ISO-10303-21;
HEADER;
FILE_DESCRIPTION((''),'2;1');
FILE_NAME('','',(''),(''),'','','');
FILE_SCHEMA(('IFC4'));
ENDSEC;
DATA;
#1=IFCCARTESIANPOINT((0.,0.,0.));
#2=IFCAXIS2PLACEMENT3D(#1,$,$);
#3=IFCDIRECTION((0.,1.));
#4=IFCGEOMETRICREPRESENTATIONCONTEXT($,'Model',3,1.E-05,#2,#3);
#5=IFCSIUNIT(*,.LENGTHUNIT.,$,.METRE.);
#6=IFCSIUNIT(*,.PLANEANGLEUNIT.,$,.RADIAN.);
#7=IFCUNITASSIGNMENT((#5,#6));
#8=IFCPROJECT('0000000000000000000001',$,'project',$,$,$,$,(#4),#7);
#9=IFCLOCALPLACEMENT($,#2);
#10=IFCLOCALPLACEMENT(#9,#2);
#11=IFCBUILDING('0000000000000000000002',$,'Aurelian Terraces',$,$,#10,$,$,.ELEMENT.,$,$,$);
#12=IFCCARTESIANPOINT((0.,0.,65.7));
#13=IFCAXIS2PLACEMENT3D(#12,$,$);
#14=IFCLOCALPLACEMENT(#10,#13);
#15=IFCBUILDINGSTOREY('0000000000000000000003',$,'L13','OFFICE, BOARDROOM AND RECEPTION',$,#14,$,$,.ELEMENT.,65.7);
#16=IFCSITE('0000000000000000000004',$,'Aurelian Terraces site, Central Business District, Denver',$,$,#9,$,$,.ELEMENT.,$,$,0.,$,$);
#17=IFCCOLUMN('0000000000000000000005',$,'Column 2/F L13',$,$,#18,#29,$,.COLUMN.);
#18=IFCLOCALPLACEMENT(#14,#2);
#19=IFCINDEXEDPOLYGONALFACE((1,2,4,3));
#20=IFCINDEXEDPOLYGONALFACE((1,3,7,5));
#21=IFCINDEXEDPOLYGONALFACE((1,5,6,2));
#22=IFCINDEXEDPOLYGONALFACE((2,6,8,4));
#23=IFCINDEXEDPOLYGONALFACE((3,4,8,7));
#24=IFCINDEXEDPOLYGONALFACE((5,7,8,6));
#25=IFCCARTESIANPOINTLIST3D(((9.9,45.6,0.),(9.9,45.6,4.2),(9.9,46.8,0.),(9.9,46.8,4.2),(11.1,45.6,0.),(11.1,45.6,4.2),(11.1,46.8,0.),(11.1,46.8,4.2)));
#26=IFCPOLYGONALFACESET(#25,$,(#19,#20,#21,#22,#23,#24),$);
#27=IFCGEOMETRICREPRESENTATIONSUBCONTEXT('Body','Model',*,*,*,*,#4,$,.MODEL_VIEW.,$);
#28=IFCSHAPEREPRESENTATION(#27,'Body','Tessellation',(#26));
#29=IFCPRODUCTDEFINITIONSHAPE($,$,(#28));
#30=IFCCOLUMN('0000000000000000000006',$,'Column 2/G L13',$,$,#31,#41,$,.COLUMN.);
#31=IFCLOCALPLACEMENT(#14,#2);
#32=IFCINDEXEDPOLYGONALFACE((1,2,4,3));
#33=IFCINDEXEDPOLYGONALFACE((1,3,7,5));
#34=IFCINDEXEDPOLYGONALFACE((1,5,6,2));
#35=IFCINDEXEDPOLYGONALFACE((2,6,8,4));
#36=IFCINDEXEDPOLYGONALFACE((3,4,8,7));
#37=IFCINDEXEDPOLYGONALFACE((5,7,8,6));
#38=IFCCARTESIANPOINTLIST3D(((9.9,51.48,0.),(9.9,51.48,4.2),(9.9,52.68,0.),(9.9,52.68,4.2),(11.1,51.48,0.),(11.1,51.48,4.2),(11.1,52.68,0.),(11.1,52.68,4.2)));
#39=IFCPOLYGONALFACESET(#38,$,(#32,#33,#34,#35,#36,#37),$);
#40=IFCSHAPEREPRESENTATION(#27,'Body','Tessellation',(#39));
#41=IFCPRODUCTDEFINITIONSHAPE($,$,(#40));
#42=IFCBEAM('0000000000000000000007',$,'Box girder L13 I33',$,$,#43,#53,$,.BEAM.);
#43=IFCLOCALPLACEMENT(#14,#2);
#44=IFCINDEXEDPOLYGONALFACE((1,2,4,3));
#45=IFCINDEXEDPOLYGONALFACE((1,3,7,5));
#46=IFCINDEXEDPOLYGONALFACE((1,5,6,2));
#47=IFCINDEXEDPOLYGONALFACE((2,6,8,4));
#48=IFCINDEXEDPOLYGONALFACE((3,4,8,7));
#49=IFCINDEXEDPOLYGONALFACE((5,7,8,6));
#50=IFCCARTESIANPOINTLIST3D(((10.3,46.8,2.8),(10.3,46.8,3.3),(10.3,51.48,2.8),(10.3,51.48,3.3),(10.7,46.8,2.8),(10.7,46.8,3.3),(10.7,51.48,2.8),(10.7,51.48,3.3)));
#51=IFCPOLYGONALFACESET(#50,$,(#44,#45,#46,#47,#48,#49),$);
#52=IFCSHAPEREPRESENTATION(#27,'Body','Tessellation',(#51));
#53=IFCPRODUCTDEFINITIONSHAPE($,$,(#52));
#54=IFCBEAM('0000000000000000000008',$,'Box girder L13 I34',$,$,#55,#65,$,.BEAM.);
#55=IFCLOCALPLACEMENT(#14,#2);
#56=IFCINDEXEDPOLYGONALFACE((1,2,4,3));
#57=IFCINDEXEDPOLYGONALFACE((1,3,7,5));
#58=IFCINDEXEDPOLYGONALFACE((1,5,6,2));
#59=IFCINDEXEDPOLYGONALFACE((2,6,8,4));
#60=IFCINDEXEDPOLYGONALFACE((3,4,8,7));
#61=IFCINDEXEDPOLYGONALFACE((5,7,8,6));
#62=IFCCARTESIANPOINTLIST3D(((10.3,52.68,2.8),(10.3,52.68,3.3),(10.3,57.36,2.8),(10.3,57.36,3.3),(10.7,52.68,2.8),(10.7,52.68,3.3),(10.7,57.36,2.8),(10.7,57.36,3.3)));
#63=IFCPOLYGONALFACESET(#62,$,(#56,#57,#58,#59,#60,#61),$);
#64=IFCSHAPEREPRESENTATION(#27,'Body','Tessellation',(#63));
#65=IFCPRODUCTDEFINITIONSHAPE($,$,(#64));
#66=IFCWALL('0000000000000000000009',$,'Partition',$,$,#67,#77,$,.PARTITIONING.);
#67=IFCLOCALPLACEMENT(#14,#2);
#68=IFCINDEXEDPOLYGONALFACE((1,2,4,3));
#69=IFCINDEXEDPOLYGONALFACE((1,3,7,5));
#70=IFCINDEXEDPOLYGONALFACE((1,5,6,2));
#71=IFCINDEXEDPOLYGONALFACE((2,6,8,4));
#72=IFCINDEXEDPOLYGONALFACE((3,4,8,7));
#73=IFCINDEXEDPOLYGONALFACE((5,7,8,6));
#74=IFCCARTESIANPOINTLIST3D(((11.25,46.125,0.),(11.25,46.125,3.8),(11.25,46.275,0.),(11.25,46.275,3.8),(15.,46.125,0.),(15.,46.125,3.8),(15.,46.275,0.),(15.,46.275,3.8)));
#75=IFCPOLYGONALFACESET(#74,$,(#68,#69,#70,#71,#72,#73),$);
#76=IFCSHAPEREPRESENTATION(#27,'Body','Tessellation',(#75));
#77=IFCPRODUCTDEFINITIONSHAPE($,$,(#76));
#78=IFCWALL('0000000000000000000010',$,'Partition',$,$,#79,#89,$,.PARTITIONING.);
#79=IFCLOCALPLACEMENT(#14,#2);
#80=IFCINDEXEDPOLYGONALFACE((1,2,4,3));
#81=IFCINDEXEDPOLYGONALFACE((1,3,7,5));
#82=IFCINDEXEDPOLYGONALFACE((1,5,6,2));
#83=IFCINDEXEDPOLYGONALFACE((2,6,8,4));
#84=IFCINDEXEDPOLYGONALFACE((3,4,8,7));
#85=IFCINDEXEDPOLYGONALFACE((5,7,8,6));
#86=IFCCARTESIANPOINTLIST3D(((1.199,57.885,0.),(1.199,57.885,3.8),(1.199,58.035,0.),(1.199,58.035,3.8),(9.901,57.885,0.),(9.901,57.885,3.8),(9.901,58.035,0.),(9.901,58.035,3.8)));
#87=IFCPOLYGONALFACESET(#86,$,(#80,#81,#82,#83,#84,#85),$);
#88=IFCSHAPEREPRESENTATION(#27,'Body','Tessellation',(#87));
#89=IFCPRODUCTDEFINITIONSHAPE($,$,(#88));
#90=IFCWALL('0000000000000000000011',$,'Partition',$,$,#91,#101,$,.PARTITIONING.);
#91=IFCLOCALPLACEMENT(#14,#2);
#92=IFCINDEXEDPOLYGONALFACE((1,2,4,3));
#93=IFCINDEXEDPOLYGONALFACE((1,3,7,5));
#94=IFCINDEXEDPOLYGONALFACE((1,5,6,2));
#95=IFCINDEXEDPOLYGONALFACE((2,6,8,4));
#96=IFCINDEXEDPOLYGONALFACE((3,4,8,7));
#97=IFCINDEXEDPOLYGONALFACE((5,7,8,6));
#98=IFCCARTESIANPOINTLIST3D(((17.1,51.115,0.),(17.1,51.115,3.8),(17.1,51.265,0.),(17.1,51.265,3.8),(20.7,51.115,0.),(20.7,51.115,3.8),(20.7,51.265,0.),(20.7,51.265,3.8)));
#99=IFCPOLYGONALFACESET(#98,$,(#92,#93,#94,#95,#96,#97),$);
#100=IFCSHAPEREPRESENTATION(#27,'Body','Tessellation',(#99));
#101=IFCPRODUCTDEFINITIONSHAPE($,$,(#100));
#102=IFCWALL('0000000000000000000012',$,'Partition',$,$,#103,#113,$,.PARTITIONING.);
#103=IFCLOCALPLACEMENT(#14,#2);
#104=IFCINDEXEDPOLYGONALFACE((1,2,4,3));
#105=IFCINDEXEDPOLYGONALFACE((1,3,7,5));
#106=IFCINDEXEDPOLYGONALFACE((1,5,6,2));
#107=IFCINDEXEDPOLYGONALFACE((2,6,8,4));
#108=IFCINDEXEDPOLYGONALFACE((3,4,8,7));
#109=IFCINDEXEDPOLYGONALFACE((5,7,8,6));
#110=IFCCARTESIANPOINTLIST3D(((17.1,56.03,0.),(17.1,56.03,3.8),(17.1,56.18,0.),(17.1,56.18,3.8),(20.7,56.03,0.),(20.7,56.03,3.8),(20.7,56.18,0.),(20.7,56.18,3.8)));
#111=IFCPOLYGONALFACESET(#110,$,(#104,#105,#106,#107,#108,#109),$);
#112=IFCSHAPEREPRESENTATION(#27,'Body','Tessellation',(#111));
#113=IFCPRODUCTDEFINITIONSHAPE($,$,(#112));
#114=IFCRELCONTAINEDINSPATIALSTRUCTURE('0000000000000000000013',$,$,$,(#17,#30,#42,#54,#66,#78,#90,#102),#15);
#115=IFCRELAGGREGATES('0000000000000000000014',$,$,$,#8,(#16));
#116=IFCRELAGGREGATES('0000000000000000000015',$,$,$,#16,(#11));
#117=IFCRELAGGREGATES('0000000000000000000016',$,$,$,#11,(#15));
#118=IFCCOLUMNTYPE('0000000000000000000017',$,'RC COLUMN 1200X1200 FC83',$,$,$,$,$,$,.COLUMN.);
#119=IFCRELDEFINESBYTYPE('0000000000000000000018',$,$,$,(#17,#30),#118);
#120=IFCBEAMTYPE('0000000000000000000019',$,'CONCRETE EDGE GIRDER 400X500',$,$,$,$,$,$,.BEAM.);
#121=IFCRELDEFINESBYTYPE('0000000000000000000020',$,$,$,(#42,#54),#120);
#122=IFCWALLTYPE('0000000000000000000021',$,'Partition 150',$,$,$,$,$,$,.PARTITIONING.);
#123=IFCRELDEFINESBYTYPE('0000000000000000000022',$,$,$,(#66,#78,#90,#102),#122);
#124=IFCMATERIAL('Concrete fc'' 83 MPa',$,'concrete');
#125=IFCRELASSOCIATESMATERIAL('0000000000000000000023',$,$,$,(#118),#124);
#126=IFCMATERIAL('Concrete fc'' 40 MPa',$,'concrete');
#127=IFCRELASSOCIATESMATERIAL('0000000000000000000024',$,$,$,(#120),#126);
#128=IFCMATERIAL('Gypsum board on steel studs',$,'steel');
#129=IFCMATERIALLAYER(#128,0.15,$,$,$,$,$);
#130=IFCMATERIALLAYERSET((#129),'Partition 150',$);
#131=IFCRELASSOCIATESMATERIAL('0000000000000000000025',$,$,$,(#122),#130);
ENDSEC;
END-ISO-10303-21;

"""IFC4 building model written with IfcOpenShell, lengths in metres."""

from ifc_helpers import new_model, si_unit, direction, frame, frame_2d, origin, origin_2d, place, context, subcontext, project, spatial, rectangle, extrude, source, transform, mapped, material, layer, layer_set, material_profile, profile_set, type_object, element, save


model = new_model("IFC4")

# Units and contexts
model_context = context("Model", 3, precision=1e-05, world=origin(), true_north=direction((0.0, 1.0)))
body_context = subcontext(model_context, "Body", "Model", "MODEL_VIEW")
ifc_project = project(units=[si_unit("LENGTHUNIT", "METRE"), si_unit("PLANEANGLEUNIT", "RADIAN")], contexts=[model_context])

# Site, building, storey
site_placement = place(None, origin())
site = spatial("IfcSite", under=ifc_project, at=site_placement, Name="Aurelian Terraces site, Central Business District, Denver", CompositionType="ELEMENT", RefElevation=0.0)
building_placement = place(site_placement, origin())
building = spatial("IfcBuilding", under=site, at=building_placement, Name="Aurelian Terraces", CompositionType="ELEMENT")
storey_placement = place(building_placement, frame((0.0, 0.0, 65.7)))
storey = spatial("IfcBuildingStorey", under=building, at=storey_placement, Name="L13", Description="OFFICE, BOARDROOM AND RECEPTION", CompositionType="ELEMENT", Elevation=65.7)

# Columns
ifc_material_1 = material(Name="Concrete fc' 83 MPa", Category="concrete")
ifc_material_profile_1 = material_profile(ifc_material_1, rectangle(XDim=1.2, YDim=1.2, at=origin_2d()))
ifc_profile_set_1 = profile_set([ifc_material_profile_1], Name="Concrete fc' 83 MPa")
column_type = type_object("IfcColumnType", Name="RC COLUMN 1200X1200 FC83", PredefinedType="COLUMN", material=ifc_profile_set_1)
shared_shape_1 = source(origin(), body_context, "Body", "SweptSolid", [
    extrude(rectangle(XDim=1.2, YDim=1.2, at=origin_2d()), origin(), (0.0, 0.0, 1.0), 4.2),
])
for number, where, z_axis, x_axis, name in (
    (1, (10.5, 46.2, 0.0), (0.0, 0.0, 1.0), (1.0, 0.0, 0.0), "Column 2/F L13"),
    (2, (10.5, 52.08, 0.0), (0.0, 0.0, 1.0), (1.0, 0.0, 0.0), "Column 2/G L13"),
):
    element("IfcColumn", number, at=place(storey_placement, frame(where, z_axis=z_axis, x_axis=x_axis)), inside=storey, type_object=column_type, Name=name, PredefinedType="COLUMN", context=body_context, shape_type="MappedRepresentation", body=[
        mapped(shared_shape_1, transform((0.0, 0.0, 0.0), scale=1.0)),
    ])

# Beams
ifc_material_2 = material(Name="Concrete fc' 40 MPa", Category="concrete")
ifc_material_profile_2 = material_profile(ifc_material_2, rectangle(XDim=0.4, YDim=0.5, at=origin_2d()))
ifc_profile_set_2 = profile_set([ifc_material_profile_2], Name="Concrete fc' 40 MPa")
beam_type = type_object("IfcBeamType", Name="CONCRETE EDGE GIRDER 400X500", PredefinedType="BEAM", material=ifc_profile_set_2)
shared_shape_2 = source(origin(), body_context, "Body", "SweptSolid", [
    extrude(rectangle(XDim=0.4, YDim=0.5, at=origin_2d()), origin(), (0.0, 0.0, 1.0), 4.68),
])
for number, where, z_axis, x_axis, name in (
    (3, (10.5, 46.8, 3.05), (0.0, 1.0, 0.0), (-1.0, 0.0, 0.0), "Box girder L13 I33"),
    (4, (10.5, 52.68, 3.05), (0.0, 1.0, 0.0), (-1.0, 0.0, 0.0), "Box girder L13 I34"),
):
    element("IfcBeam", number, at=place(storey_placement, frame(where, z_axis=z_axis, x_axis=x_axis)), inside=storey, type_object=beam_type, Name=name, PredefinedType="BEAM", context=body_context, shape_type="MappedRepresentation", body=[
        mapped(shared_shape_2, transform((0.0, 0.0, 0.0), scale=1.0)),
    ])

# Walls
ifc_material_3 = material(Name="Gypsum board on steel studs", Category="steel")
ifc_layer_1 = layer(ifc_material_3, 0.15)
ifc_layer_set_1 = layer_set([ifc_layer_1], Name="Partition 150")
wall_type_1 = type_object("IfcWallType", Name="Partition 150", PredefinedType="PARTITIONING", material=ifc_layer_set_1)
shared_shape_3 = source(origin(), body_context, "Body", "SweptSolid", [
    extrude(rectangle(XDim=3.75, YDim=0.15, at=frame_2d((1.875, 0.0))), origin(), (0.0, 0.0, 1.0), 3.8),
])
wall_1_placement = place(storey_placement, frame((15.0, 46.2, 0.0), z_axis=(0.0, 0.0, 1.0), x_axis=(-1.0, 0.0, 0.0)))
element("IfcWall", 5, at=wall_1_placement, inside=storey, type_object=wall_type_1, Name="Partition", PredefinedType="PARTITIONING", context=body_context, shape_type="MappedRepresentation", body=[
    mapped(shared_shape_3, transform((0.0, 0.0, 0.0), scale=1.0)),
])
shared_shape_4 = source(origin(), body_context, "Body", "SweptSolid", [
    extrude(rectangle(XDim=8.702, YDim=0.15, at=frame_2d((4.351, 0.0))), origin(), (0.0, 0.0, 1.0), 3.8),
])
wall_2_placement = place(storey_placement, frame((9.901, 57.96, 0.0), z_axis=(0.0, 0.0, 1.0), x_axis=(-1.0, 0.0, 0.0)))
element("IfcWall", 6, at=wall_2_placement, inside=storey, type_object=wall_type_1, Name="Partition", PredefinedType="PARTITIONING", context=body_context, shape_type="MappedRepresentation", body=[
    mapped(shared_shape_4, transform((0.0, 0.0, 0.0), scale=1.0)),
])
shared_shape_5 = source(origin(), body_context, "Body", "SweptSolid", [
    extrude(rectangle(XDim=3.6, YDim=0.15, at=frame_2d((1.8, 0.0))), origin(), (0.0, 0.0, 1.0), 3.8),
])
for number, where, z_axis, x_axis, name in (
    (7, (17.1, 51.19, 0.0), (0.0, 0.0, 1.0), (1.0, 0.0, 0.0), "Partition"),
    (8, (17.1, 56.105, 0.0), (0.0, 0.0, 1.0), (1.0, 0.0, 0.0), "Partition"),
):
    element("IfcWall", number, at=place(storey_placement, frame(where, z_axis=z_axis, x_axis=x_axis)), inside=storey, type_object=wall_type_1, Name=name, PredefinedType="PARTITIONING", context=body_context, shape_type="MappedRepresentation", body=[
        mapped(shared_shape_5, transform((0.0, 0.0, 0.0), scale=1.0)),
    ])

save(model, "model.ifc")
